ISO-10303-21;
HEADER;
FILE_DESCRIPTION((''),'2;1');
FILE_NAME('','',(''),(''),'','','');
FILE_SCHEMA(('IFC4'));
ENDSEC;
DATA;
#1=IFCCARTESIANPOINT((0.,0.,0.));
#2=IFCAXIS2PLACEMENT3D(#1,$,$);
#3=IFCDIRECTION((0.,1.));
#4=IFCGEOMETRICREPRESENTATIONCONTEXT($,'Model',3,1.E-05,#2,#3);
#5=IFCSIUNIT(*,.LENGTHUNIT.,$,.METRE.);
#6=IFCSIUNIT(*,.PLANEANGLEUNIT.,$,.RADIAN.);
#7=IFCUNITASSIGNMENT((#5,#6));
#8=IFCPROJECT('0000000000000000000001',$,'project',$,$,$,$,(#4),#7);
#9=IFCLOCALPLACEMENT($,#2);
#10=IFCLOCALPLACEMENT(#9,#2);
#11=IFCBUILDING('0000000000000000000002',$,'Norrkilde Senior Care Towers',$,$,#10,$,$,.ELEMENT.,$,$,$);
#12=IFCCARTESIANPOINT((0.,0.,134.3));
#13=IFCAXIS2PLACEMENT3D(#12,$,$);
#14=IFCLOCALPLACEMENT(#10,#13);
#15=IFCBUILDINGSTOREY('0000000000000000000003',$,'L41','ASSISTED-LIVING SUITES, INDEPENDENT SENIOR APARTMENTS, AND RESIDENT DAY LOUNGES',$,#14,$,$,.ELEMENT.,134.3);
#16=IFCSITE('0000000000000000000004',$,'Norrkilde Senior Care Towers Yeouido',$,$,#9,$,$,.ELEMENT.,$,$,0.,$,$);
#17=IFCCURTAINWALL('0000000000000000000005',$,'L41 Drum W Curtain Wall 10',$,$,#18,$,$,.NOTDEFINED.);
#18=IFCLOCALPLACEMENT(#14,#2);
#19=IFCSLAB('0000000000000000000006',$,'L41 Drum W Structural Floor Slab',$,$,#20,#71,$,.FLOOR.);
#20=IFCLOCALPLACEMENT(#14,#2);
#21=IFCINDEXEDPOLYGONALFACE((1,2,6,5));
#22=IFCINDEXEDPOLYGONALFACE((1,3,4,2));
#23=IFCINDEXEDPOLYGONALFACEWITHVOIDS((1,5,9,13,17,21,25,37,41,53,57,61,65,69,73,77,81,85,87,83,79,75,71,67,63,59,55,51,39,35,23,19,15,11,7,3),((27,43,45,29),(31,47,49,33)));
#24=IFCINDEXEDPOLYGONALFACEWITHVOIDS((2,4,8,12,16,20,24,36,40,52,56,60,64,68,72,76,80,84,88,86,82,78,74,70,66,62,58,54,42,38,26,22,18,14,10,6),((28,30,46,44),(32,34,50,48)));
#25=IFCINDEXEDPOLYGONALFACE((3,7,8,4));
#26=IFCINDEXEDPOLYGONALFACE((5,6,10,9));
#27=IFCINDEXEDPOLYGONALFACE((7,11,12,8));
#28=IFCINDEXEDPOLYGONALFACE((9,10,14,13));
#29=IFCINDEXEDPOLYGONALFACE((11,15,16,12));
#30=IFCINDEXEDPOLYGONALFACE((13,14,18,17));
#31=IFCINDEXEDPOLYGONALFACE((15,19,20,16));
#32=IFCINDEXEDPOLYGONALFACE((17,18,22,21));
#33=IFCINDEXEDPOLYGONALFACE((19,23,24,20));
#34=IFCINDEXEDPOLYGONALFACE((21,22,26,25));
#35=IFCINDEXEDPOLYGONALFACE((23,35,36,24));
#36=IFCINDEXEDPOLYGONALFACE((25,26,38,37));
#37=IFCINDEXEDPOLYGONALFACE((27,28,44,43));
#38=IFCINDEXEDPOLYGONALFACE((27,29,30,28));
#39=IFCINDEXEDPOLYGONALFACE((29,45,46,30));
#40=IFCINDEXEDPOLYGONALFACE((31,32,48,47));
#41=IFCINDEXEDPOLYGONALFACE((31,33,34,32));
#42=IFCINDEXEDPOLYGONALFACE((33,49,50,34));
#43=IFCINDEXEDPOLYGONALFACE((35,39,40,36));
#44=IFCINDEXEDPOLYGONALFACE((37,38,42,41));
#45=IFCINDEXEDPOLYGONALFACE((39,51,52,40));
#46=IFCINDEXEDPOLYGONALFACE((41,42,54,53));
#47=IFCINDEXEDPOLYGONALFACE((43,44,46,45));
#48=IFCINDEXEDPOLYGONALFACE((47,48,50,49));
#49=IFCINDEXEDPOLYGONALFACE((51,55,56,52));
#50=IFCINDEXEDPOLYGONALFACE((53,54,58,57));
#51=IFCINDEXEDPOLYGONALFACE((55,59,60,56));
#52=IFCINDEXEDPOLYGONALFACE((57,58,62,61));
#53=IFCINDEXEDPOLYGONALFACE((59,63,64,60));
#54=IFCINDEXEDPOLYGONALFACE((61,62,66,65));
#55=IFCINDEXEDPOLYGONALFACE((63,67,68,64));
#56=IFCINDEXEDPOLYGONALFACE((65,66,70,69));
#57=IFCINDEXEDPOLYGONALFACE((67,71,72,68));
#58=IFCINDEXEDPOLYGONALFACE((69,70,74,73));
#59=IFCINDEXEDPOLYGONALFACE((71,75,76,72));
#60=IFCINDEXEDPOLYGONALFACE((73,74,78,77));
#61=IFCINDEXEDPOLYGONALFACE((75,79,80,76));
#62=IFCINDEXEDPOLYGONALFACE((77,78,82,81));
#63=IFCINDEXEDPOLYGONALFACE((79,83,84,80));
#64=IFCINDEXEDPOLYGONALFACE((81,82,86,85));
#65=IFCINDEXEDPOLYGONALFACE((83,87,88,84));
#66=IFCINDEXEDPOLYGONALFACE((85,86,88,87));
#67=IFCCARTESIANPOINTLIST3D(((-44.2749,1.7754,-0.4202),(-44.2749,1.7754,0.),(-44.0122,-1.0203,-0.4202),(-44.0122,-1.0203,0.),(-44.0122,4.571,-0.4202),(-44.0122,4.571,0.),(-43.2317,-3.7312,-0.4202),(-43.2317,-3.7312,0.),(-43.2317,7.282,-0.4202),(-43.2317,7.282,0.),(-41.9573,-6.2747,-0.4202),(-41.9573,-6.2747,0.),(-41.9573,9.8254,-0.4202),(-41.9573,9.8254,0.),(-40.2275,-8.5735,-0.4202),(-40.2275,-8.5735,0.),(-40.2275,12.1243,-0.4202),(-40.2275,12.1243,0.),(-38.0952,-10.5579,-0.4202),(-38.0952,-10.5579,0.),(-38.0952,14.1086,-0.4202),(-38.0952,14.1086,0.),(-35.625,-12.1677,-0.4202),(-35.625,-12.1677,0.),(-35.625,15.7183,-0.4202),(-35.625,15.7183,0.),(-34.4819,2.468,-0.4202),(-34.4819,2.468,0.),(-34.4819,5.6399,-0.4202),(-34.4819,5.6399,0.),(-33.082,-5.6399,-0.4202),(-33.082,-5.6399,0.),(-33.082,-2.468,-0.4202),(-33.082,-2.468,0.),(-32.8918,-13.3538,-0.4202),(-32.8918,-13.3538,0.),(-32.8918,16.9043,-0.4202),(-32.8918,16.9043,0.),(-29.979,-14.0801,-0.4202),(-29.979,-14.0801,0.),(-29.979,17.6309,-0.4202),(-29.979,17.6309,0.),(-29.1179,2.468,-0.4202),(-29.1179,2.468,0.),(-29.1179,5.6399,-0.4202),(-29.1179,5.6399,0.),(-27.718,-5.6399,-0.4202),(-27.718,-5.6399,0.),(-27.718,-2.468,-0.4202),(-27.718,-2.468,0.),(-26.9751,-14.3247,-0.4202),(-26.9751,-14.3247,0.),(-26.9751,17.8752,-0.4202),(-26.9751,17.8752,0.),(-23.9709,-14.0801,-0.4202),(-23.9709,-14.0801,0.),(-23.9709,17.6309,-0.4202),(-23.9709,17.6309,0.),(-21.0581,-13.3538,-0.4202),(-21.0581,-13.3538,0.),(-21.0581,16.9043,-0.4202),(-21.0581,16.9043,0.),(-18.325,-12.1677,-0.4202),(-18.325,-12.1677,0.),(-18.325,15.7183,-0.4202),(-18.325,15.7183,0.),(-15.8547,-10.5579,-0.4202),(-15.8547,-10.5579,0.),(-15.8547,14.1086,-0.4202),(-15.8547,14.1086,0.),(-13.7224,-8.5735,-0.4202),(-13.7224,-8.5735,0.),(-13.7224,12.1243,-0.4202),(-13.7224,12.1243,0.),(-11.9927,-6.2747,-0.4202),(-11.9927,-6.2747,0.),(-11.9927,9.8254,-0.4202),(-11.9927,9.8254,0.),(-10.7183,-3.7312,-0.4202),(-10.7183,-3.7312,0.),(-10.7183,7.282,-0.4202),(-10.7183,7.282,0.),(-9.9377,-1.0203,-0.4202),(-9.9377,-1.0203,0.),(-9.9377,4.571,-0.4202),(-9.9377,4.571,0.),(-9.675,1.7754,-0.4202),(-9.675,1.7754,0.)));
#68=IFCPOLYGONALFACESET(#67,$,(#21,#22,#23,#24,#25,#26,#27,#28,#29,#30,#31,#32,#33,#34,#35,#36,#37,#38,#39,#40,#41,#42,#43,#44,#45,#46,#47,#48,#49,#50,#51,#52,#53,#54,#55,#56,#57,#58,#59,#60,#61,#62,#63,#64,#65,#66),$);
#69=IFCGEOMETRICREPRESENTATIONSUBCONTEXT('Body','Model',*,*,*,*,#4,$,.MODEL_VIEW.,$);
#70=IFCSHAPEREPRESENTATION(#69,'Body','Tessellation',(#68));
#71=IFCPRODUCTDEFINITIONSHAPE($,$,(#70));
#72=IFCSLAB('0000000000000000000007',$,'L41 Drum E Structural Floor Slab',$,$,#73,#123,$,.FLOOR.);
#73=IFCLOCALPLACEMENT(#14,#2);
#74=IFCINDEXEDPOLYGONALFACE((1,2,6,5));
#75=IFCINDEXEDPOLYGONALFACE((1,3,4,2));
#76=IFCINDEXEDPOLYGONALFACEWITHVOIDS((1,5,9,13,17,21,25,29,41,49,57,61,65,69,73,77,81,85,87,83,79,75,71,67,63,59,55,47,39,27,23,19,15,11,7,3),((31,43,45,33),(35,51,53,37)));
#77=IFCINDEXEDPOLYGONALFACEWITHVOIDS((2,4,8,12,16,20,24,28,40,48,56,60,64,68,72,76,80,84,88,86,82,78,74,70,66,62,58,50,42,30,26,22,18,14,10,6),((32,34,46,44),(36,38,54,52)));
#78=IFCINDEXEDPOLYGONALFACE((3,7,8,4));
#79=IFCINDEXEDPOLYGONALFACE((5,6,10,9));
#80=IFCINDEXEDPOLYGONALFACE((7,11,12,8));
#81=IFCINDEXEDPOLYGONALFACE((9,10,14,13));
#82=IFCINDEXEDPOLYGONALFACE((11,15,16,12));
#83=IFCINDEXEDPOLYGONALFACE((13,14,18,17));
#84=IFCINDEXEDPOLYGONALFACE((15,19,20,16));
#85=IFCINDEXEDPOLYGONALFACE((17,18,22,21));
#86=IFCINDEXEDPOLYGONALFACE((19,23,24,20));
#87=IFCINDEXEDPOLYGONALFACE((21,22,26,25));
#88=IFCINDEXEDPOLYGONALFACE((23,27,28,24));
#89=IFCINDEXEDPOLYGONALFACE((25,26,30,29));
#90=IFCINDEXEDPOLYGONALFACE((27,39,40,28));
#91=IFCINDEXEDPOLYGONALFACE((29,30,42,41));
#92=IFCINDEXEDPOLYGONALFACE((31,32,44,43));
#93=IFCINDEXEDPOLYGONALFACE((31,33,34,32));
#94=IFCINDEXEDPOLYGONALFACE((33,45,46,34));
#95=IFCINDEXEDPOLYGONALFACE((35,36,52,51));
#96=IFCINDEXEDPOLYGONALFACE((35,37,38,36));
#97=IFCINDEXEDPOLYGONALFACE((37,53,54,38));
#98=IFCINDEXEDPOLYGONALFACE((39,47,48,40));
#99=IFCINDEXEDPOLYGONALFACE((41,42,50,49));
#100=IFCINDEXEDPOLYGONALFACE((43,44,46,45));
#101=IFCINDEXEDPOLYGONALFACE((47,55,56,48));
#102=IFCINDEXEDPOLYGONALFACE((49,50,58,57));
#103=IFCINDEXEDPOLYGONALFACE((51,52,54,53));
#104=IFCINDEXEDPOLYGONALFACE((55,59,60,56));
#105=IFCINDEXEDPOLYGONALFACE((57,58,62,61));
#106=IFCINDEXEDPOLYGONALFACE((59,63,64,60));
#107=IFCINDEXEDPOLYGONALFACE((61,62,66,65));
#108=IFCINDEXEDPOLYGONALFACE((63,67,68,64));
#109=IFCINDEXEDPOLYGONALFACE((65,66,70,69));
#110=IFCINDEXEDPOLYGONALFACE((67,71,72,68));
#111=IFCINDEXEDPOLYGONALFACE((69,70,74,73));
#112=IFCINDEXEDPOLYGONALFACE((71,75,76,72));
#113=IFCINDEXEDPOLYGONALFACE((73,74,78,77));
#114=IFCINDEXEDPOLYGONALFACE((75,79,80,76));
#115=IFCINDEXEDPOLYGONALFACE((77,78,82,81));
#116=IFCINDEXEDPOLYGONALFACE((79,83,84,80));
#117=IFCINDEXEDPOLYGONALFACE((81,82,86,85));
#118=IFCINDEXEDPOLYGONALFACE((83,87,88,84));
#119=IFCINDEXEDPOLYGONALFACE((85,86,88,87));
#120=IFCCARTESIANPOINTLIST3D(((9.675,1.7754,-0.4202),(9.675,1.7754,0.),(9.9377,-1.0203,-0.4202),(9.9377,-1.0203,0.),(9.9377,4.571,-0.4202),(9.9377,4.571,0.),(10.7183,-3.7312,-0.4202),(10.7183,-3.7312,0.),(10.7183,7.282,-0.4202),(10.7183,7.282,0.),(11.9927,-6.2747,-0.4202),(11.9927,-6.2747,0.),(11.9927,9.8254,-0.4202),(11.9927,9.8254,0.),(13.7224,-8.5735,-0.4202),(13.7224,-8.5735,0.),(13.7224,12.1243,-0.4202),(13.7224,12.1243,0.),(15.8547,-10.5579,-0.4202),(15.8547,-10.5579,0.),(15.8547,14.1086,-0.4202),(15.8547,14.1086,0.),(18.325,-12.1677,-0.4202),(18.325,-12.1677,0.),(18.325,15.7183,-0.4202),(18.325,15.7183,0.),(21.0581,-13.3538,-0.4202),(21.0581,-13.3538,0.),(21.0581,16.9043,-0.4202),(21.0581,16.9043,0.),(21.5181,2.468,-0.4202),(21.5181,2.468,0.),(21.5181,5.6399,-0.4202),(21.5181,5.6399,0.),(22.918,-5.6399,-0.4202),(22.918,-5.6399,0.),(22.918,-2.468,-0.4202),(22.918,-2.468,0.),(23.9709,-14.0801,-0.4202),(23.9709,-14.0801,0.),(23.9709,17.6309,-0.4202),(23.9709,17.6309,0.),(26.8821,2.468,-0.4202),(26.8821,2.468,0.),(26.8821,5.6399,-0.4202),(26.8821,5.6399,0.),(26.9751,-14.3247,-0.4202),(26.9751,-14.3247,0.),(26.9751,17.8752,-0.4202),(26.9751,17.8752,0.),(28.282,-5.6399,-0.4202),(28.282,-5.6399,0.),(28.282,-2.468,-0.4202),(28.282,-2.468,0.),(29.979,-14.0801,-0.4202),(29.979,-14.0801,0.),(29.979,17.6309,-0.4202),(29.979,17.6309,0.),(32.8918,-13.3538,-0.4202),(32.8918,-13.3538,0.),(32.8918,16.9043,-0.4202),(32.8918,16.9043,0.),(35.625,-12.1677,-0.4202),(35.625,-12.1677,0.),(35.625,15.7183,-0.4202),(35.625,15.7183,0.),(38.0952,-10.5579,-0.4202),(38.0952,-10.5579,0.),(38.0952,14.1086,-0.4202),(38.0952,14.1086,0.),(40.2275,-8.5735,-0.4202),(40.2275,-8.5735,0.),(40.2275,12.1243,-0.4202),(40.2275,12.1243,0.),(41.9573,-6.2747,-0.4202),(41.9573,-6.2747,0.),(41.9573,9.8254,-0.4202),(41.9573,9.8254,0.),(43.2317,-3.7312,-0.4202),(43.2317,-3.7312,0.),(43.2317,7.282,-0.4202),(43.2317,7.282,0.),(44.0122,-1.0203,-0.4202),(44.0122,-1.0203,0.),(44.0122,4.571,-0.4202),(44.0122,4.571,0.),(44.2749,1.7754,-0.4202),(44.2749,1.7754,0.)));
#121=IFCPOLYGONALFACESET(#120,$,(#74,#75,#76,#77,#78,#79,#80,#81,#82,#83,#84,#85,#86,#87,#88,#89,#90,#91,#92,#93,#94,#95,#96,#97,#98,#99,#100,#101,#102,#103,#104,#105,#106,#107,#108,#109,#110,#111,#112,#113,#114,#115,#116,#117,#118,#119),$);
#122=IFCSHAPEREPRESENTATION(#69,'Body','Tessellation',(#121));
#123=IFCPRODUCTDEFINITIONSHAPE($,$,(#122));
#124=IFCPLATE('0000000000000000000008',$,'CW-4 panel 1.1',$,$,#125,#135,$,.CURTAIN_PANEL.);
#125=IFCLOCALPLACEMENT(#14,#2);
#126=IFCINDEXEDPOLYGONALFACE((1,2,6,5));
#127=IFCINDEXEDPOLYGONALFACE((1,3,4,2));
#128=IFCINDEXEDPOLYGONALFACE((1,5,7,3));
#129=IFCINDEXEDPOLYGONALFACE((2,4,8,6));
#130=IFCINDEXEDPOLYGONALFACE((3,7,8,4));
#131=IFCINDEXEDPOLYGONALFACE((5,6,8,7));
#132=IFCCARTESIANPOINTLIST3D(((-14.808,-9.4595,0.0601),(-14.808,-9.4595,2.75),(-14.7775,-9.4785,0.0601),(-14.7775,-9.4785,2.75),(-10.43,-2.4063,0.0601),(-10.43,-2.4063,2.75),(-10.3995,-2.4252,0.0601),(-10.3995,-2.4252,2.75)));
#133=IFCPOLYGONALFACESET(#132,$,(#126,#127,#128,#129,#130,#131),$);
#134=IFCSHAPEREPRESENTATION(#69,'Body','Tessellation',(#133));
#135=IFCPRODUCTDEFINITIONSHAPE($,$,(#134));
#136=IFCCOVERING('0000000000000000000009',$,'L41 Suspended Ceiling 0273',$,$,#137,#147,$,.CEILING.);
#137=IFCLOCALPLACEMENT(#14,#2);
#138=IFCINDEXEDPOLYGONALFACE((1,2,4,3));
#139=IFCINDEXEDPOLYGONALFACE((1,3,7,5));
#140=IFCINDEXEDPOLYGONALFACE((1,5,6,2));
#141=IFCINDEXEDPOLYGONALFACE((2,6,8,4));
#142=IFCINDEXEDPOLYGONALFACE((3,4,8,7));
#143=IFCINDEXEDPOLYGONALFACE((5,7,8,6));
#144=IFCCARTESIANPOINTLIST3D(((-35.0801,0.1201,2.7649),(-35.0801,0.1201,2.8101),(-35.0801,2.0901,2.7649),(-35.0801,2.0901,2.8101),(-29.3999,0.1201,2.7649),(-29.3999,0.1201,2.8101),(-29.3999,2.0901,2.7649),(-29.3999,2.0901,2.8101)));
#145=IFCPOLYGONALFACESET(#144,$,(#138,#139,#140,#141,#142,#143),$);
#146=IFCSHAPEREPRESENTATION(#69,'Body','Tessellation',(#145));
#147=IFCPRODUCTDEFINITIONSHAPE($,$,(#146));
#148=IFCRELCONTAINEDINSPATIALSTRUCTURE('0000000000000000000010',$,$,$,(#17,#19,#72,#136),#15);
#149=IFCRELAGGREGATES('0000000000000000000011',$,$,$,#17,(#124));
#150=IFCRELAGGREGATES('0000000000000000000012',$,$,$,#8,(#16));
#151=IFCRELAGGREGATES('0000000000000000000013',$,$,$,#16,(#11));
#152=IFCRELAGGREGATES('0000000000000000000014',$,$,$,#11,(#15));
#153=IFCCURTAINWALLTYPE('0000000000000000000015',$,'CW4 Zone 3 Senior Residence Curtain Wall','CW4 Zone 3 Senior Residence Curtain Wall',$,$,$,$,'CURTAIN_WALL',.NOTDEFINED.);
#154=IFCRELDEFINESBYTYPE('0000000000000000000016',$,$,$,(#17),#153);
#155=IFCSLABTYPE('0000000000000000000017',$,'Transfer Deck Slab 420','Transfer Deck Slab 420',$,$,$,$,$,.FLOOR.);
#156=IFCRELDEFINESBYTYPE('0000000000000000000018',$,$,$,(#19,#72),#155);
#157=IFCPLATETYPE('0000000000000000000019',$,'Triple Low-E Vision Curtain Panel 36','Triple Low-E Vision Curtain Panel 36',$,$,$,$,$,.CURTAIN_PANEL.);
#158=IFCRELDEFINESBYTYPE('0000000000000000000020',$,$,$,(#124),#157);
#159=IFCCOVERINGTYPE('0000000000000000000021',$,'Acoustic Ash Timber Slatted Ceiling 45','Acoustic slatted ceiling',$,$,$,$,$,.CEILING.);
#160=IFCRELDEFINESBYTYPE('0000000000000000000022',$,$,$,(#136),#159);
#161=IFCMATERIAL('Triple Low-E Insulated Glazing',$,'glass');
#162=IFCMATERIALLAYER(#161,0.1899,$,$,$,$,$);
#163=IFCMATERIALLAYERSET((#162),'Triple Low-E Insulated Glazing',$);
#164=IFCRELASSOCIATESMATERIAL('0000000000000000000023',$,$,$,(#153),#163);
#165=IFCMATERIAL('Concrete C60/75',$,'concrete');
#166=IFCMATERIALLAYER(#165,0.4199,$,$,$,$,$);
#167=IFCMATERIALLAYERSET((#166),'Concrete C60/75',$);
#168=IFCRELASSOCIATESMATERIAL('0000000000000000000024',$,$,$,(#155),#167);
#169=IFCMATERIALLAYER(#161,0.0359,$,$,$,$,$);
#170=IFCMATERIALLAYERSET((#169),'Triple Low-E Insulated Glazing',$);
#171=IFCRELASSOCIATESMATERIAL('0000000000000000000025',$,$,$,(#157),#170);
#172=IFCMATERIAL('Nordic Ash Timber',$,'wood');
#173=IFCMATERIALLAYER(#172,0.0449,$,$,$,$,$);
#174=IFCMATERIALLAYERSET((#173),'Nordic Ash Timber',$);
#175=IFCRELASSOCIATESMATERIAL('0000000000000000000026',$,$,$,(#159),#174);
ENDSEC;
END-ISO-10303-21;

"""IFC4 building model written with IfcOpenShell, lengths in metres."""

from ifc_helpers import new_model, si_unit, direction, frame, origin, origin_2d, place, context, subcontext, project, spatial, polyline, rectangle, outline, extrude, source, transform, mapped, material, layer, layer_set, type_object, type_shapes, element, aggregate, save


model = new_model("IFC4")

# Units and contexts
model_context = context("Model", 3, precision=1e-05, world=origin(), true_north=direction((0.0, 1.0)))
body_context = subcontext(model_context, "Body", "Model", "MODEL_VIEW")
ifc_project = project(units=[si_unit("LENGTHUNIT", "METRE"), si_unit("PLANEANGLEUNIT", "RADIAN")], contexts=[model_context])

# Site, building, storey
site_placement = place(None, origin())
site = spatial("IfcSite", under=ifc_project, at=site_placement, Name="Norrkilde Senior Care Towers Yeouido", CompositionType="ELEMENT", RefElevation=0.0)
building_placement = place(site_placement, origin())
building = spatial("IfcBuilding", under=site, at=building_placement, Name="Norrkilde Senior Care Towers", CompositionType="ELEMENT")
storey_placement = place(building_placement, frame((0.0, 0.0, 134.3)))
storey = spatial("IfcBuildingStorey", under=building, at=storey_placement, Name="L41", Description="ASSISTED-LIVING SUITES, INDEPENDENT SENIOR APARTMENTS, AND RESIDENT DAY LOUNGES", CompositionType="ELEMENT", Elevation=134.3)

# Curtain wall
ifc_material_1 = material(Name="Triple Low-E Insulated Glazing", Category="glass")
ifc_layer_1 = layer(ifc_material_1, 0.1899)
ifc_layer_set_1 = layer_set([ifc_layer_1], Name="Triple Low-E Insulated Glazing")
curtain_wall_type = type_object("IfcCurtainWallType", Name="CW4 Zone 3 Senior Residence Curtain Wall", Description="CW4 Zone 3 Senior Residence Curtain Wall", ElementType="CURTAIN_WALL", PredefinedType="NOTDEFINED", material=ifc_layer_set_1)
curtain_wall_1_placement = place(storey_placement, origin())
curtain_wall_1 = element("IfcCurtainWall", 1, at=curtain_wall_1_placement, inside=storey, type_object=curtain_wall_type, Name="L41 Drum W Curtain Wall 10", PredefinedType="NOTDEFINED")

# Slabs
ifc_material_2 = material(Name="Concrete C60/75", Category="concrete")
ifc_layer_2 = layer(ifc_material_2, 0.4199)
ifc_layer_set_2 = layer_set([ifc_layer_2], Name="Concrete C60/75")
slab_type_1 = type_object("IfcSlabType", Name="Transfer Deck Slab 420", Description="Transfer Deck Slab 420", PredefinedType="FLOOR", material=ifc_layer_set_2)
slab_1_placement = place(storey_placement, frame((0.0, 0.0, -0.4202)))
element("IfcSlab", 2, at=slab_1_placement, inside=storey, type_object=slab_type_1, Name="L41 Drum W Structural Floor Slab", PredefinedType="FLOOR", context=body_context, shape_type="SweptSolid", body=[
    extrude(outline(polyline([(-10.7183, -3.7312), (-11.9927, -6.2747), (-13.7224, -8.5735), (-15.8547, -10.5579), (-18.325, -12.1677), (-21.0581, -13.3538), (-23.9709, -14.0801), (-26.9751, -14.3247), (-29.979, -14.0801), (-32.8918, -13.3538), (-35.625, -12.1677), (-38.0952, -10.5579), (-40.2275, -8.5735), (-41.9573, -6.2747), (-43.2317, -3.7312), (-44.0122, -1.0203), (-44.2749, 1.7754), (-44.0122, 4.571), (-43.2317, 7.282), (-41.9573, 9.8254), (-40.2275, 12.1243), (-38.0952, 14.1086), (-35.625, 15.7183), (-32.8918, 16.9043), (-29.979, 17.6309), (-26.9751, 17.8752), (-23.9709, 17.6309), (-21.0581, 16.9043), (-18.325, 15.7183), (-15.8547, 14.1086), (-13.7224, 12.1243), (-11.9927, 9.8254), (-10.7183, 7.282), (-9.9377, 4.571), (-9.675, 1.7754), (-9.9377, -1.0203), (-10.7183, -3.7312)]), holes=[polyline([(-34.4819, 2.468), (-29.1179, 2.468), (-29.1179, 5.6399), (-34.4819, 5.6399), (-34.4819, 2.468)]), polyline([(-27.718, -5.6399), (-27.718, -2.468), (-33.082, -2.468), (-33.082, -5.6399), (-27.718, -5.6399)])]), origin(), (0.0, 0.0, 1.0), 0.4202),
])
slab_2_placement = place(storey_placement, frame((0.0, 0.0, -0.4202)))
element("IfcSlab", 3, at=slab_2_placement, inside=storey, type_object=slab_type_1, Name="L41 Drum E Structural Floor Slab", PredefinedType="FLOOR", context=body_context, shape_type="SweptSolid", body=[
    extrude(outline(polyline([(43.2317, -3.7312), (41.9573, -6.2747), (40.2275, -8.5735), (38.0952, -10.5579), (35.625, -12.1677), (32.8918, -13.3538), (29.979, -14.0801), (26.9751, -14.3247), (23.9709, -14.0801), (21.0581, -13.3538), (18.325, -12.1677), (15.8547, -10.5579), (13.7224, -8.5735), (11.9927, -6.2747), (10.7183, -3.7312), (9.9377, -1.0203), (9.675, 1.7754), (9.9377, 4.571), (10.7183, 7.282), (11.9927, 9.8254), (13.7224, 12.1243), (15.8547, 14.1086), (18.325, 15.7183), (21.0581, 16.9043), (23.9709, 17.6309), (26.9751, 17.8752), (29.979, 17.6309), (32.8918, 16.9043), (35.625, 15.7183), (38.0952, 14.1086), (40.2275, 12.1243), (41.9573, 9.8254), (43.2317, 7.282), (44.0122, 4.571), (44.2749, 1.7754), (44.0122, -1.0203), (43.2317, -3.7312)]), holes=[polyline([(21.5181, 2.468), (26.8821, 2.468), (26.8821, 5.6399), (21.5181, 5.6399), (21.5181, 2.468)]), polyline([(28.282, -5.6399), (28.282, -2.468), (22.918, -2.468), (22.918, -5.6399), (28.282, -5.6399)])]), origin(), (0.0, 0.0, 1.0), 0.4202),
])

# Plate
ifc_layer_3 = layer(ifc_material_1, 0.0359)
ifc_layer_set_3 = layer_set([ifc_layer_3], Name="Triple Low-E Insulated Glazing")
plate_type = type_object("IfcPlateType", Name="Triple Low-E Vision Curtain Panel 36", Description="Triple Low-E Vision Curtain Panel 36", PredefinedType="CURTAIN_PANEL", material=ifc_layer_set_3)
shared_shape_1 = source(origin(), body_context, "Body", "SweptSolid", [
    extrude(rectangle(XDim=8.3015, YDim=0.0359, at=origin_2d()), origin(), (0.0, 0.0, 1.0), 2.6899),
])
type_shapes(plate_type, [shared_shape_1])
plate_placement = place(storey_placement, frame((-12.6038, -5.9424, 0.0601), z_axis=(0.0, 0.0, 1.0), x_axis=(-0.527373, -0.849634, 0.0)))
plate = element("IfcPlate", 4, at=plate_placement, type_object=plate_type, Name="CW-4 panel 1.1", PredefinedType="CURTAIN_PANEL", context=body_context, shape_type="MappedRepresentation", body=[
    mapped(shared_shape_1, transform((0.0, 0.0, 0.0), x_axis=(1.0, 0.0, 0.0), y_axis=(0.0, 1.0, 0.0), z_axis=(0.0, 0.0, 1.0), scale=1.0)),
])
aggregate(curtain_wall_1, [plate])

# Covering
ifc_material_3 = material(Name="Nordic Ash Timber", Category="wood")
ifc_layer_4 = layer(ifc_material_3, 0.0449)
ifc_layer_set_4 = layer_set([ifc_layer_4], Name="Nordic Ash Timber")
covering_type_1 = type_object("IfcCoveringType", Name="Acoustic Ash Timber Slatted Ceiling 45", Description="Acoustic slatted ceiling", PredefinedType="CEILING", material=ifc_layer_set_4)
covering_1_placement = place(storey_placement, frame((0.0, 0.0, 2.7649)))
element("IfcCovering", 5, at=covering_1_placement, inside=storey, type_object=covering_type_1, Name="L41 Suspended Ceiling 0273", PredefinedType="CEILING", context=body_context, shape_type="SweptSolid", body=[
    extrude(outline(polyline([(-29.3999, 0.1201), (-35.0801, 0.1201), (-35.0801, 2.0901), (-29.3999, 2.0901), (-29.3999, 0.1201)])), origin(), (0.0, 0.0, 1.0), 0.0452),
])

save(model, "model.ifc")
